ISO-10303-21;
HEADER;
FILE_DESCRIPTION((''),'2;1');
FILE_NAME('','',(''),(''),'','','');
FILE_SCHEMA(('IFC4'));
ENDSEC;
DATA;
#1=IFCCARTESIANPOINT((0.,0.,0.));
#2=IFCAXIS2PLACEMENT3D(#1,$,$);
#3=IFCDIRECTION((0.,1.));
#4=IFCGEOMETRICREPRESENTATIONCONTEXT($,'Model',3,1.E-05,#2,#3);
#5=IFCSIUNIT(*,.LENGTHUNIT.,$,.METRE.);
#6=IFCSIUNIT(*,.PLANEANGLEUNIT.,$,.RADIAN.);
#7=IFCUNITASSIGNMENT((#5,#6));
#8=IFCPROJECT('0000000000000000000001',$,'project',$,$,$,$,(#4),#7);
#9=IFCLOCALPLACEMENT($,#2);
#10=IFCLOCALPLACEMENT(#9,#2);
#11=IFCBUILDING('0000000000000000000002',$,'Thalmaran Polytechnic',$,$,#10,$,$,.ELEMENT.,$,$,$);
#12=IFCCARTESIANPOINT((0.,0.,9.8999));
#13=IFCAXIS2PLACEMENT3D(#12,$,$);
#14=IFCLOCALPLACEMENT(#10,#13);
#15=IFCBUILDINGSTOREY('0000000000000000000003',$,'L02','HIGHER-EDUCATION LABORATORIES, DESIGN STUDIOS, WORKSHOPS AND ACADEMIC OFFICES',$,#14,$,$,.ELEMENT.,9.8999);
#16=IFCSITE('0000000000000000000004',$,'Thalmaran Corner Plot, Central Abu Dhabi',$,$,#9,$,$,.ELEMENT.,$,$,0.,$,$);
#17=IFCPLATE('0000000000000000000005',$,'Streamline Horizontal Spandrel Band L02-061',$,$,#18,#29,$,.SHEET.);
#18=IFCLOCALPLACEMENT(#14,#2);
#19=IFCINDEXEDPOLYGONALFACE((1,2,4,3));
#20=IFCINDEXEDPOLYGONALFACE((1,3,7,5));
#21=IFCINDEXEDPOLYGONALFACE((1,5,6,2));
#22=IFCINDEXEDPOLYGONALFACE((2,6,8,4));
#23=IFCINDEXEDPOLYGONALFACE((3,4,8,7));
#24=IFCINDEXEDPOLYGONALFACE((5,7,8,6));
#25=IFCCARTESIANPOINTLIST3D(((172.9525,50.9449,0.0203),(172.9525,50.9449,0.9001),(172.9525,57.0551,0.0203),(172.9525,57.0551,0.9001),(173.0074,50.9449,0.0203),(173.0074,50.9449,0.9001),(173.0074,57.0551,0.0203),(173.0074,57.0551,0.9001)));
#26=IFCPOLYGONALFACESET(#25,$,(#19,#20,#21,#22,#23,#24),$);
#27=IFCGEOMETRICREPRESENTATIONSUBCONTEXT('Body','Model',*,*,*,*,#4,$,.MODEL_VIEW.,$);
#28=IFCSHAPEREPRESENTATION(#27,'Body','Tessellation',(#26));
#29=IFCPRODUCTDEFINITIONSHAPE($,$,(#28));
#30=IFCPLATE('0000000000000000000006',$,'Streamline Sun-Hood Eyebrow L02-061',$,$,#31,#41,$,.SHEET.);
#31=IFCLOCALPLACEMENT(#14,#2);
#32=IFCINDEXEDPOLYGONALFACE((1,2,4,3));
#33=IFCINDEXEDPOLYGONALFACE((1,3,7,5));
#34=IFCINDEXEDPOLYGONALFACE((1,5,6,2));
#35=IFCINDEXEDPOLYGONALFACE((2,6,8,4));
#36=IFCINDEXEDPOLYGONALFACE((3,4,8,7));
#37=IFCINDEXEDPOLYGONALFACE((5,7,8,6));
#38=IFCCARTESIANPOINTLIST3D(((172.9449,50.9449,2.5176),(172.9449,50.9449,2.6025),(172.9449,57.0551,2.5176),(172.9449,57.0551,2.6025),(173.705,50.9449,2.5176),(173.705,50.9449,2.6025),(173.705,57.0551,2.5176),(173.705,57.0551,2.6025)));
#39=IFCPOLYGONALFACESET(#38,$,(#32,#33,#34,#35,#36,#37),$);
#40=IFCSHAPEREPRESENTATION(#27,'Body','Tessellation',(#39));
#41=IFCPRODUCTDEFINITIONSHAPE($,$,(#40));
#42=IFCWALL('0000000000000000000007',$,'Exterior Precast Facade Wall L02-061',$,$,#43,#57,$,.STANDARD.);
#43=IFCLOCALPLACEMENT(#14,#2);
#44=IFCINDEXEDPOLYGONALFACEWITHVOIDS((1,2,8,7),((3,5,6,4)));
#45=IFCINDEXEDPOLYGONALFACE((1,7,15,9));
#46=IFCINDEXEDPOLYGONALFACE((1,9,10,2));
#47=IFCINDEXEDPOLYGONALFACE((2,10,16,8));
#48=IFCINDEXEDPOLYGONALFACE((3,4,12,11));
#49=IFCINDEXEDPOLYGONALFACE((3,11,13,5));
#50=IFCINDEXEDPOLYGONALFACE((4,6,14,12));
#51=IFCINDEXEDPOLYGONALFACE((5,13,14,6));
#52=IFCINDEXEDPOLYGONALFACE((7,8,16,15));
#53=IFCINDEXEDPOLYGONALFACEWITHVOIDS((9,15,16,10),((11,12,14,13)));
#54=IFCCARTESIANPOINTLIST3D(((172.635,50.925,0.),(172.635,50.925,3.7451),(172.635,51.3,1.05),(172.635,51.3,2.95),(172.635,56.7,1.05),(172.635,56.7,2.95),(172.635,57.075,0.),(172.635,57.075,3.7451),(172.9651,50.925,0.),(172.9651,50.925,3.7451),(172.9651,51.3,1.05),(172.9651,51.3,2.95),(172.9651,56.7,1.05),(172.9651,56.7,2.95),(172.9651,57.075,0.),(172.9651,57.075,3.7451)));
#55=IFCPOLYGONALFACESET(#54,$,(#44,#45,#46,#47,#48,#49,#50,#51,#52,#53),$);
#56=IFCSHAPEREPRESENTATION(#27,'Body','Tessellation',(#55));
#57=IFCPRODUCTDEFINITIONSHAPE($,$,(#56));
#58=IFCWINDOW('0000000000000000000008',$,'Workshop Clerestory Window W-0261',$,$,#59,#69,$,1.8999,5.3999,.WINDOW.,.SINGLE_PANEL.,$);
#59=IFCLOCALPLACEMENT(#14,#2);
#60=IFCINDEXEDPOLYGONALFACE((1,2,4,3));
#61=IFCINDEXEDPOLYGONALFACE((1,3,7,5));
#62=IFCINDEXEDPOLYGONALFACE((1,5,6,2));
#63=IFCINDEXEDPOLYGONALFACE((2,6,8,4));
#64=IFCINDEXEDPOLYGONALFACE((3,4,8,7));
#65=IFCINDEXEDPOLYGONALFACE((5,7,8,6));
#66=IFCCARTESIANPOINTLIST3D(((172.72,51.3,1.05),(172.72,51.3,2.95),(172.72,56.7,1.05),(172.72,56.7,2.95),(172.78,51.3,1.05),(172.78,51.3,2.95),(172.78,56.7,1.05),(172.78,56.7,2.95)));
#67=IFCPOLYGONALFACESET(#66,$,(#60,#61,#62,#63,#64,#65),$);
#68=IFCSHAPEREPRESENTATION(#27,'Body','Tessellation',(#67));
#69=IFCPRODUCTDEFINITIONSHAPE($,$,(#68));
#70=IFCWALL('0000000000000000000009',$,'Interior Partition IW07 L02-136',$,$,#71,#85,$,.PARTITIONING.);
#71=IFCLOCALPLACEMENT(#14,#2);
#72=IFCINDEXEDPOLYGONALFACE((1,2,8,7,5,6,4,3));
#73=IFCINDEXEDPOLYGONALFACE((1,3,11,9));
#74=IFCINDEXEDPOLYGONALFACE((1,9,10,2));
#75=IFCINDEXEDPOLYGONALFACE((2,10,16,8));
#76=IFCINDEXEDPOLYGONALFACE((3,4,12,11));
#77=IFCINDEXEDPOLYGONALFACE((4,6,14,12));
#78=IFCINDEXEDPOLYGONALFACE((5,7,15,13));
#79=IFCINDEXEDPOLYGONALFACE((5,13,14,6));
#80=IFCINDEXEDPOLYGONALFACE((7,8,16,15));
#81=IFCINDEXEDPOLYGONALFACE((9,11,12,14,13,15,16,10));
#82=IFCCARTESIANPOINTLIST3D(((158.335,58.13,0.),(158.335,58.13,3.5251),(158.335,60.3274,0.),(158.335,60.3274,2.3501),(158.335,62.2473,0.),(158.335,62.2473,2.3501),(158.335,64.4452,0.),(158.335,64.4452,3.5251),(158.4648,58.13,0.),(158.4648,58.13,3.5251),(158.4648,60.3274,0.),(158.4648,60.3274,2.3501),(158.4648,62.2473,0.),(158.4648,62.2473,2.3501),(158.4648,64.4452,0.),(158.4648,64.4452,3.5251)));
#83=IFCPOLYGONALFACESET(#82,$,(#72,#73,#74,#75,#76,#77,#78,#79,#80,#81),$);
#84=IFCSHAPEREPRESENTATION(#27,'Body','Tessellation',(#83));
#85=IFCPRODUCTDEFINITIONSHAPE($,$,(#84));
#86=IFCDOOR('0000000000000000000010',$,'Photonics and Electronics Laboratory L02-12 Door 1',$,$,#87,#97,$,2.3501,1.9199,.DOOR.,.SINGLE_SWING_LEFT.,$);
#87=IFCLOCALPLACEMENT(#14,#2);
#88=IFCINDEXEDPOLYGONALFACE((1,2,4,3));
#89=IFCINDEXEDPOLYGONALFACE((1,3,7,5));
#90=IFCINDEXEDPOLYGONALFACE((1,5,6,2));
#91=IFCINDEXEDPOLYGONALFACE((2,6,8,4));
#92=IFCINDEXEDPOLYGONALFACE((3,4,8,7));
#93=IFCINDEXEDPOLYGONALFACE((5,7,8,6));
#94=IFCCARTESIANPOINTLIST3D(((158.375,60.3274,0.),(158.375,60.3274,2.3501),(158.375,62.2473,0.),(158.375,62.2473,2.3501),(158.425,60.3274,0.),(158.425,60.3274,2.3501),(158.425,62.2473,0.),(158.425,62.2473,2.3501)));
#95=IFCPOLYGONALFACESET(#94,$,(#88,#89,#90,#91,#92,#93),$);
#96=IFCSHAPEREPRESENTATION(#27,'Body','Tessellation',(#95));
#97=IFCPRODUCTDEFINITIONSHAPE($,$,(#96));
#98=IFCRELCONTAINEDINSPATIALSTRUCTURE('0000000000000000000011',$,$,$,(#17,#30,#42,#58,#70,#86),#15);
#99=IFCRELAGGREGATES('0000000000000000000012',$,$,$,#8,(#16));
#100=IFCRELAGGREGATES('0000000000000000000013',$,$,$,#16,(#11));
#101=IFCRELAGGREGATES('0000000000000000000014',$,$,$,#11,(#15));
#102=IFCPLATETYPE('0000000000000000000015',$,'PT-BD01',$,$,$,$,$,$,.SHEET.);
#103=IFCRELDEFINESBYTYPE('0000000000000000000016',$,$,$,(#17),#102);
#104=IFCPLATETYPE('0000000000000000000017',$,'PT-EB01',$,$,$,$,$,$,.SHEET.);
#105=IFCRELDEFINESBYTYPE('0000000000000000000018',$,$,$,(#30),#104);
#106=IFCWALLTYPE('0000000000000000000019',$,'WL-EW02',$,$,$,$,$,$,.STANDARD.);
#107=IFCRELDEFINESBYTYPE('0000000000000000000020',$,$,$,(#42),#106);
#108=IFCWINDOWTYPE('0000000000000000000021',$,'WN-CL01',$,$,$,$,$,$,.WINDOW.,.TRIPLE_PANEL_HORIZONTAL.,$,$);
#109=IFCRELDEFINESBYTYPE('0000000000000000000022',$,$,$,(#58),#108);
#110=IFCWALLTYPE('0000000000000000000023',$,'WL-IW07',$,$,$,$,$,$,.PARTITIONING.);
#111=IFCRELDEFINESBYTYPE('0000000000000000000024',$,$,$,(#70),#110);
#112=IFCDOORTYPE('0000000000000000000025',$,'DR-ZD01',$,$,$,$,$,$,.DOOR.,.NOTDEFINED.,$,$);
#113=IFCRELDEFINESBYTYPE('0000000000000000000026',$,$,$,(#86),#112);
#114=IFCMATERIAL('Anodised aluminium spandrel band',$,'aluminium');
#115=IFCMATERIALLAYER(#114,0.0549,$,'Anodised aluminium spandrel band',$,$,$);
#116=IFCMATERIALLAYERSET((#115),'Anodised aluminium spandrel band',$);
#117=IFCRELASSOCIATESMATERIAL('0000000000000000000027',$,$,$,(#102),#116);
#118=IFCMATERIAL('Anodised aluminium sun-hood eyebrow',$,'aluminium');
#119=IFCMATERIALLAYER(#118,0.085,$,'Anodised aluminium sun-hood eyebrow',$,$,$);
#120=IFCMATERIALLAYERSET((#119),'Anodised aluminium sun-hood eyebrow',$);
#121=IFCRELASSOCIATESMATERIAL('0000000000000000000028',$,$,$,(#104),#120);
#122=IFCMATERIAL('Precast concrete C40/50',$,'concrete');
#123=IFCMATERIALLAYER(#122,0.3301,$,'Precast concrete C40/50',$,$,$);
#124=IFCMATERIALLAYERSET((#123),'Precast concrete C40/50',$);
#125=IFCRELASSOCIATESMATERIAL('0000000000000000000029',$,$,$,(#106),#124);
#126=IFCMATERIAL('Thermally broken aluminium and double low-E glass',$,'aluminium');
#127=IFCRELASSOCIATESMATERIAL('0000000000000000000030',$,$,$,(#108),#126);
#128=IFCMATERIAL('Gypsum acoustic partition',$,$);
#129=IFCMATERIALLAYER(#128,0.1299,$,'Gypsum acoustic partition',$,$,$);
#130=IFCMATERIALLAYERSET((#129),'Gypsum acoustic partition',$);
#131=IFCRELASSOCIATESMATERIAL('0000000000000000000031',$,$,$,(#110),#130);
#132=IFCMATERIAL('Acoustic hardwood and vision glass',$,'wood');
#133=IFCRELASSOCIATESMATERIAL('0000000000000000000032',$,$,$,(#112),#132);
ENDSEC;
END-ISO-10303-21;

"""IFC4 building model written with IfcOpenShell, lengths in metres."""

from ifc_helpers import new_model, si_unit, direction, frame, frame_2d, origin, origin_2d, place, context, subcontext, project, spatial, rectangle, extrude, material, layer, layer_set, type_object, element, fill, save


model = new_model("IFC4")

# Units and contexts
model_context = context("Model", 3, precision=1e-05, world=origin(), true_north=direction((0.0, 1.0)))
body_context = subcontext(model_context, "Body", "Model", "MODEL_VIEW")
ifc_project = project(units=[si_unit("LENGTHUNIT", "METRE"), si_unit("PLANEANGLEUNIT", "RADIAN")], contexts=[model_context])

# Site, building, storey
site_placement = place(None, origin())
site = spatial("IfcSite", under=ifc_project, at=site_placement, Name="Thalmaran Corner Plot, Central Abu Dhabi", CompositionType="ELEMENT", RefElevation=0.0)
building_placement = place(site_placement, origin())
building = spatial("IfcBuilding", under=site, at=building_placement, Name="Thalmaran Polytechnic", CompositionType="ELEMENT")
storey_placement = place(building_placement, frame((0.0, 0.0, 9.8999)))
storey = spatial("IfcBuildingStorey", under=building, at=storey_placement, Name="L02", Description="HIGHER-EDUCATION LABORATORIES, DESIGN STUDIOS, WORKSHOPS AND ACADEMIC OFFICES", CompositionType="ELEMENT", Elevation=9.8999)

# Plates
ifc_material_1 = material(Name="Anodised aluminium spandrel band", Category="aluminium")
ifc_layer_1 = layer(ifc_material_1, 0.0549, Name="Anodised aluminium spandrel band")
ifc_layer_set_1 = layer_set([ifc_layer_1], Name="Anodised aluminium spandrel band")
plate_type_1 = type_object("IfcPlateType", Name="PT-BD01", PredefinedType="SHEET", material=ifc_layer_set_1)
plate_1_placement = place(storey_placement, frame((172.98, 54.0, 0.0203), z_axis=(0.0, 0.0, 1.0), x_axis=(0.0, -1.0, 0.0)))
element("IfcPlate", 1, at=plate_1_placement, inside=storey, type_object=plate_type_1, Name="Streamline Horizontal Spandrel Band L02-061", PredefinedType="SHEET", context=body_context, shape_type="SweptSolid", body=[
    extrude(rectangle(XDim=6.1101, YDim=0.0549, at=origin_2d()), origin(), (0.0, 0.0, 1.0), 0.8799),
])
ifc_material_2 = material(Name="Anodised aluminium sun-hood eyebrow", Category="aluminium")
ifc_layer_2 = layer(ifc_material_2, 0.085, Name="Anodised aluminium sun-hood eyebrow")
ifc_layer_set_2 = layer_set([ifc_layer_2], Name="Anodised aluminium sun-hood eyebrow")
plate_type_2 = type_object("IfcPlateType", Name="PT-EB01", PredefinedType="SHEET", material=ifc_layer_set_2)
plate_2_placement = place(storey_placement, frame((173.325, 54.0, 2.5176), z_axis=(0.0, 0.0, 1.0), x_axis=(0.0, -1.0, 0.0)))
element("IfcPlate", 2, at=plate_2_placement, inside=storey, type_object=plate_type_2, Name="Streamline Sun-Hood Eyebrow L02-061", PredefinedType="SHEET", context=body_context, shape_type="SweptSolid", body=[
    extrude(rectangle(XDim=6.1101, YDim=0.76, at=origin_2d()), origin(), (0.0, 0.0, 1.0), 0.085),
])

# Wall, opening, window
ifc_material_3 = material(Name="Precast concrete C40/50", Category="concrete")
ifc_layer_3 = layer(ifc_material_3, 0.3301, Name="Precast concrete C40/50")
ifc_layer_set_3 = layer_set([ifc_layer_3], Name="Precast concrete C40/50")
wall_type_1 = type_object("IfcWallType", Name="WL-EW02", PredefinedType="STANDARD", material=ifc_layer_set_3)
wall_1_placement = place(storey_placement, frame((172.8, 57.075, 0.0), z_axis=(0.0, 0.0, 1.0), x_axis=(0.0, -1.0, 0.0)))
wall_1 = element("IfcWall", 3, at=wall_1_placement, inside=storey, type_object=wall_type_1, Name="Exterior Precast Facade Wall L02-061", PredefinedType="STANDARD", context=body_context, shape_type="SweptSolid", body=[
    extrude(rectangle(XDim=6.1499, YDim=0.3301, at=frame_2d((3.075, 0.0))), origin(), (0.0, 0.0, 1.0), 3.7451),
])
opening_1_placement = place(wall_1_placement, frame((0.375, 0.0, 1.05)))
opening_1 = element("IfcOpeningElement", 4, at=opening_1_placement, cuts=wall_1, PredefinedType="OPENING", context=body_context, shape_type="SweptSolid", body=[
    extrude(rectangle(XDim=5.3999, YDim=1.8999, at=frame_2d((2.7, 0.95))), frame((0.0, 0.175, 0.0), z_axis=(0.0, -1.0, 0.0), x_axis=(1.0, 0.0, 0.0)), (0.0, 0.0, 1.0), 0.3501),
])
ifc_material_4 = material(Name="Thermally broken aluminium and double low-E glass", Category="aluminium")
window_type = type_object("IfcWindowType", Name="WN-CL01", PartitioningType="TRIPLE_PANEL_HORIZONTAL", PredefinedType="WINDOW", material=ifc_material_4)
window_placement = place(opening_1_placement, origin())
window = element("IfcWindow", 5, at=window_placement, inside=storey, type_object=window_type, Name="Workshop Clerestory Window W-0261", OverallHeight=1.8999, OverallWidth=5.3999, PartitioningType="SINGLE_PANEL", PredefinedType="WINDOW", context=body_context, shape_type="SweptSolid", body=[
    extrude(rectangle(XDim=5.3999, YDim=1.8999, at=frame_2d((2.7, 0.95))), frame((0.0, -0.02, 0.0), z_axis=(0.0, -1.0, 0.0), x_axis=(1.0, 0.0, 0.0)), (0.0, 0.0, 1.0), 0.0601),
])
fill(opening_1, window)

# Wall, opening, door
ifc_material_5 = material(Name="Gypsum acoustic partition")
ifc_layer_4 = layer(ifc_material_5, 0.1299, Name="Gypsum acoustic partition")
ifc_layer_set_4 = layer_set([ifc_layer_4], Name="Gypsum acoustic partition")
wall_type_2 = type_object("IfcWallType", Name="WL-IW07", PredefinedType="PARTITIONING", material=ifc_layer_set_4)
wall_2_placement = place(storey_placement, frame((158.3999, 58.1299, 0.0), z_axis=(0.0, 0.0, 1.0), x_axis=(0.0, 1.0, 0.0)))
wall_2 = element("IfcWall", 6, at=wall_2_placement, inside=storey, type_object=wall_type_2, Name="Interior Partition IW07 L02-136", PredefinedType="PARTITIONING", context=body_context, shape_type="SweptSolid", body=[
    extrude(rectangle(XDim=6.3152, YDim=0.1299, at=frame_2d((3.1577, 0.0))), origin(), (0.0, 0.0, 1.0), 3.5251),
])
opening_2_placement = place(wall_2_placement, frame((2.1975, 0.0, 0.0)))
opening_2 = element("IfcOpeningElement", 7, at=opening_2_placement, cuts=wall_2, PredefinedType="OPENING", context=body_context, shape_type="SweptSolid", body=[
    extrude(rectangle(XDim=1.9199, YDim=2.3501, at=frame_2d((0.96, 1.175))), frame((0.0, 0.075, 0.0), z_axis=(0.0, -1.0, 0.0), x_axis=(1.0, 0.0, 0.0)), (0.0, 0.0, 1.0), 0.1499),
])
ifc_material_6 = material(Name="Acoustic hardwood and vision glass", Category="wood")
door_type = type_object("IfcDoorType", Name="DR-ZD01", OperationType="NOTDEFINED", PredefinedType="DOOR", material=ifc_material_6)
door_placement = place(opening_2_placement, origin())
door = element("IfcDoor", 8, at=door_placement, inside=storey, type_object=door_type, Name="Photonics and Electronics Laboratory L02-12 Door 1", OperationType="SINGLE_SWING_LEFT", OverallHeight=2.3501, OverallWidth=1.9199, PredefinedType="DOOR", context=body_context, shape_type="SweptSolid", body=[
    extrude(rectangle(XDim=1.9199, YDim=2.3501, at=frame_2d((0.96, 1.175))), frame((0.0, 0.0249, 0.0), z_axis=(0.0, -1.0, 0.0), x_axis=(1.0, 0.0, 0.0)), (0.0, 0.0, 1.0), 0.05),
])
fill(opening_2, door)

save(model, "model.ifc")
